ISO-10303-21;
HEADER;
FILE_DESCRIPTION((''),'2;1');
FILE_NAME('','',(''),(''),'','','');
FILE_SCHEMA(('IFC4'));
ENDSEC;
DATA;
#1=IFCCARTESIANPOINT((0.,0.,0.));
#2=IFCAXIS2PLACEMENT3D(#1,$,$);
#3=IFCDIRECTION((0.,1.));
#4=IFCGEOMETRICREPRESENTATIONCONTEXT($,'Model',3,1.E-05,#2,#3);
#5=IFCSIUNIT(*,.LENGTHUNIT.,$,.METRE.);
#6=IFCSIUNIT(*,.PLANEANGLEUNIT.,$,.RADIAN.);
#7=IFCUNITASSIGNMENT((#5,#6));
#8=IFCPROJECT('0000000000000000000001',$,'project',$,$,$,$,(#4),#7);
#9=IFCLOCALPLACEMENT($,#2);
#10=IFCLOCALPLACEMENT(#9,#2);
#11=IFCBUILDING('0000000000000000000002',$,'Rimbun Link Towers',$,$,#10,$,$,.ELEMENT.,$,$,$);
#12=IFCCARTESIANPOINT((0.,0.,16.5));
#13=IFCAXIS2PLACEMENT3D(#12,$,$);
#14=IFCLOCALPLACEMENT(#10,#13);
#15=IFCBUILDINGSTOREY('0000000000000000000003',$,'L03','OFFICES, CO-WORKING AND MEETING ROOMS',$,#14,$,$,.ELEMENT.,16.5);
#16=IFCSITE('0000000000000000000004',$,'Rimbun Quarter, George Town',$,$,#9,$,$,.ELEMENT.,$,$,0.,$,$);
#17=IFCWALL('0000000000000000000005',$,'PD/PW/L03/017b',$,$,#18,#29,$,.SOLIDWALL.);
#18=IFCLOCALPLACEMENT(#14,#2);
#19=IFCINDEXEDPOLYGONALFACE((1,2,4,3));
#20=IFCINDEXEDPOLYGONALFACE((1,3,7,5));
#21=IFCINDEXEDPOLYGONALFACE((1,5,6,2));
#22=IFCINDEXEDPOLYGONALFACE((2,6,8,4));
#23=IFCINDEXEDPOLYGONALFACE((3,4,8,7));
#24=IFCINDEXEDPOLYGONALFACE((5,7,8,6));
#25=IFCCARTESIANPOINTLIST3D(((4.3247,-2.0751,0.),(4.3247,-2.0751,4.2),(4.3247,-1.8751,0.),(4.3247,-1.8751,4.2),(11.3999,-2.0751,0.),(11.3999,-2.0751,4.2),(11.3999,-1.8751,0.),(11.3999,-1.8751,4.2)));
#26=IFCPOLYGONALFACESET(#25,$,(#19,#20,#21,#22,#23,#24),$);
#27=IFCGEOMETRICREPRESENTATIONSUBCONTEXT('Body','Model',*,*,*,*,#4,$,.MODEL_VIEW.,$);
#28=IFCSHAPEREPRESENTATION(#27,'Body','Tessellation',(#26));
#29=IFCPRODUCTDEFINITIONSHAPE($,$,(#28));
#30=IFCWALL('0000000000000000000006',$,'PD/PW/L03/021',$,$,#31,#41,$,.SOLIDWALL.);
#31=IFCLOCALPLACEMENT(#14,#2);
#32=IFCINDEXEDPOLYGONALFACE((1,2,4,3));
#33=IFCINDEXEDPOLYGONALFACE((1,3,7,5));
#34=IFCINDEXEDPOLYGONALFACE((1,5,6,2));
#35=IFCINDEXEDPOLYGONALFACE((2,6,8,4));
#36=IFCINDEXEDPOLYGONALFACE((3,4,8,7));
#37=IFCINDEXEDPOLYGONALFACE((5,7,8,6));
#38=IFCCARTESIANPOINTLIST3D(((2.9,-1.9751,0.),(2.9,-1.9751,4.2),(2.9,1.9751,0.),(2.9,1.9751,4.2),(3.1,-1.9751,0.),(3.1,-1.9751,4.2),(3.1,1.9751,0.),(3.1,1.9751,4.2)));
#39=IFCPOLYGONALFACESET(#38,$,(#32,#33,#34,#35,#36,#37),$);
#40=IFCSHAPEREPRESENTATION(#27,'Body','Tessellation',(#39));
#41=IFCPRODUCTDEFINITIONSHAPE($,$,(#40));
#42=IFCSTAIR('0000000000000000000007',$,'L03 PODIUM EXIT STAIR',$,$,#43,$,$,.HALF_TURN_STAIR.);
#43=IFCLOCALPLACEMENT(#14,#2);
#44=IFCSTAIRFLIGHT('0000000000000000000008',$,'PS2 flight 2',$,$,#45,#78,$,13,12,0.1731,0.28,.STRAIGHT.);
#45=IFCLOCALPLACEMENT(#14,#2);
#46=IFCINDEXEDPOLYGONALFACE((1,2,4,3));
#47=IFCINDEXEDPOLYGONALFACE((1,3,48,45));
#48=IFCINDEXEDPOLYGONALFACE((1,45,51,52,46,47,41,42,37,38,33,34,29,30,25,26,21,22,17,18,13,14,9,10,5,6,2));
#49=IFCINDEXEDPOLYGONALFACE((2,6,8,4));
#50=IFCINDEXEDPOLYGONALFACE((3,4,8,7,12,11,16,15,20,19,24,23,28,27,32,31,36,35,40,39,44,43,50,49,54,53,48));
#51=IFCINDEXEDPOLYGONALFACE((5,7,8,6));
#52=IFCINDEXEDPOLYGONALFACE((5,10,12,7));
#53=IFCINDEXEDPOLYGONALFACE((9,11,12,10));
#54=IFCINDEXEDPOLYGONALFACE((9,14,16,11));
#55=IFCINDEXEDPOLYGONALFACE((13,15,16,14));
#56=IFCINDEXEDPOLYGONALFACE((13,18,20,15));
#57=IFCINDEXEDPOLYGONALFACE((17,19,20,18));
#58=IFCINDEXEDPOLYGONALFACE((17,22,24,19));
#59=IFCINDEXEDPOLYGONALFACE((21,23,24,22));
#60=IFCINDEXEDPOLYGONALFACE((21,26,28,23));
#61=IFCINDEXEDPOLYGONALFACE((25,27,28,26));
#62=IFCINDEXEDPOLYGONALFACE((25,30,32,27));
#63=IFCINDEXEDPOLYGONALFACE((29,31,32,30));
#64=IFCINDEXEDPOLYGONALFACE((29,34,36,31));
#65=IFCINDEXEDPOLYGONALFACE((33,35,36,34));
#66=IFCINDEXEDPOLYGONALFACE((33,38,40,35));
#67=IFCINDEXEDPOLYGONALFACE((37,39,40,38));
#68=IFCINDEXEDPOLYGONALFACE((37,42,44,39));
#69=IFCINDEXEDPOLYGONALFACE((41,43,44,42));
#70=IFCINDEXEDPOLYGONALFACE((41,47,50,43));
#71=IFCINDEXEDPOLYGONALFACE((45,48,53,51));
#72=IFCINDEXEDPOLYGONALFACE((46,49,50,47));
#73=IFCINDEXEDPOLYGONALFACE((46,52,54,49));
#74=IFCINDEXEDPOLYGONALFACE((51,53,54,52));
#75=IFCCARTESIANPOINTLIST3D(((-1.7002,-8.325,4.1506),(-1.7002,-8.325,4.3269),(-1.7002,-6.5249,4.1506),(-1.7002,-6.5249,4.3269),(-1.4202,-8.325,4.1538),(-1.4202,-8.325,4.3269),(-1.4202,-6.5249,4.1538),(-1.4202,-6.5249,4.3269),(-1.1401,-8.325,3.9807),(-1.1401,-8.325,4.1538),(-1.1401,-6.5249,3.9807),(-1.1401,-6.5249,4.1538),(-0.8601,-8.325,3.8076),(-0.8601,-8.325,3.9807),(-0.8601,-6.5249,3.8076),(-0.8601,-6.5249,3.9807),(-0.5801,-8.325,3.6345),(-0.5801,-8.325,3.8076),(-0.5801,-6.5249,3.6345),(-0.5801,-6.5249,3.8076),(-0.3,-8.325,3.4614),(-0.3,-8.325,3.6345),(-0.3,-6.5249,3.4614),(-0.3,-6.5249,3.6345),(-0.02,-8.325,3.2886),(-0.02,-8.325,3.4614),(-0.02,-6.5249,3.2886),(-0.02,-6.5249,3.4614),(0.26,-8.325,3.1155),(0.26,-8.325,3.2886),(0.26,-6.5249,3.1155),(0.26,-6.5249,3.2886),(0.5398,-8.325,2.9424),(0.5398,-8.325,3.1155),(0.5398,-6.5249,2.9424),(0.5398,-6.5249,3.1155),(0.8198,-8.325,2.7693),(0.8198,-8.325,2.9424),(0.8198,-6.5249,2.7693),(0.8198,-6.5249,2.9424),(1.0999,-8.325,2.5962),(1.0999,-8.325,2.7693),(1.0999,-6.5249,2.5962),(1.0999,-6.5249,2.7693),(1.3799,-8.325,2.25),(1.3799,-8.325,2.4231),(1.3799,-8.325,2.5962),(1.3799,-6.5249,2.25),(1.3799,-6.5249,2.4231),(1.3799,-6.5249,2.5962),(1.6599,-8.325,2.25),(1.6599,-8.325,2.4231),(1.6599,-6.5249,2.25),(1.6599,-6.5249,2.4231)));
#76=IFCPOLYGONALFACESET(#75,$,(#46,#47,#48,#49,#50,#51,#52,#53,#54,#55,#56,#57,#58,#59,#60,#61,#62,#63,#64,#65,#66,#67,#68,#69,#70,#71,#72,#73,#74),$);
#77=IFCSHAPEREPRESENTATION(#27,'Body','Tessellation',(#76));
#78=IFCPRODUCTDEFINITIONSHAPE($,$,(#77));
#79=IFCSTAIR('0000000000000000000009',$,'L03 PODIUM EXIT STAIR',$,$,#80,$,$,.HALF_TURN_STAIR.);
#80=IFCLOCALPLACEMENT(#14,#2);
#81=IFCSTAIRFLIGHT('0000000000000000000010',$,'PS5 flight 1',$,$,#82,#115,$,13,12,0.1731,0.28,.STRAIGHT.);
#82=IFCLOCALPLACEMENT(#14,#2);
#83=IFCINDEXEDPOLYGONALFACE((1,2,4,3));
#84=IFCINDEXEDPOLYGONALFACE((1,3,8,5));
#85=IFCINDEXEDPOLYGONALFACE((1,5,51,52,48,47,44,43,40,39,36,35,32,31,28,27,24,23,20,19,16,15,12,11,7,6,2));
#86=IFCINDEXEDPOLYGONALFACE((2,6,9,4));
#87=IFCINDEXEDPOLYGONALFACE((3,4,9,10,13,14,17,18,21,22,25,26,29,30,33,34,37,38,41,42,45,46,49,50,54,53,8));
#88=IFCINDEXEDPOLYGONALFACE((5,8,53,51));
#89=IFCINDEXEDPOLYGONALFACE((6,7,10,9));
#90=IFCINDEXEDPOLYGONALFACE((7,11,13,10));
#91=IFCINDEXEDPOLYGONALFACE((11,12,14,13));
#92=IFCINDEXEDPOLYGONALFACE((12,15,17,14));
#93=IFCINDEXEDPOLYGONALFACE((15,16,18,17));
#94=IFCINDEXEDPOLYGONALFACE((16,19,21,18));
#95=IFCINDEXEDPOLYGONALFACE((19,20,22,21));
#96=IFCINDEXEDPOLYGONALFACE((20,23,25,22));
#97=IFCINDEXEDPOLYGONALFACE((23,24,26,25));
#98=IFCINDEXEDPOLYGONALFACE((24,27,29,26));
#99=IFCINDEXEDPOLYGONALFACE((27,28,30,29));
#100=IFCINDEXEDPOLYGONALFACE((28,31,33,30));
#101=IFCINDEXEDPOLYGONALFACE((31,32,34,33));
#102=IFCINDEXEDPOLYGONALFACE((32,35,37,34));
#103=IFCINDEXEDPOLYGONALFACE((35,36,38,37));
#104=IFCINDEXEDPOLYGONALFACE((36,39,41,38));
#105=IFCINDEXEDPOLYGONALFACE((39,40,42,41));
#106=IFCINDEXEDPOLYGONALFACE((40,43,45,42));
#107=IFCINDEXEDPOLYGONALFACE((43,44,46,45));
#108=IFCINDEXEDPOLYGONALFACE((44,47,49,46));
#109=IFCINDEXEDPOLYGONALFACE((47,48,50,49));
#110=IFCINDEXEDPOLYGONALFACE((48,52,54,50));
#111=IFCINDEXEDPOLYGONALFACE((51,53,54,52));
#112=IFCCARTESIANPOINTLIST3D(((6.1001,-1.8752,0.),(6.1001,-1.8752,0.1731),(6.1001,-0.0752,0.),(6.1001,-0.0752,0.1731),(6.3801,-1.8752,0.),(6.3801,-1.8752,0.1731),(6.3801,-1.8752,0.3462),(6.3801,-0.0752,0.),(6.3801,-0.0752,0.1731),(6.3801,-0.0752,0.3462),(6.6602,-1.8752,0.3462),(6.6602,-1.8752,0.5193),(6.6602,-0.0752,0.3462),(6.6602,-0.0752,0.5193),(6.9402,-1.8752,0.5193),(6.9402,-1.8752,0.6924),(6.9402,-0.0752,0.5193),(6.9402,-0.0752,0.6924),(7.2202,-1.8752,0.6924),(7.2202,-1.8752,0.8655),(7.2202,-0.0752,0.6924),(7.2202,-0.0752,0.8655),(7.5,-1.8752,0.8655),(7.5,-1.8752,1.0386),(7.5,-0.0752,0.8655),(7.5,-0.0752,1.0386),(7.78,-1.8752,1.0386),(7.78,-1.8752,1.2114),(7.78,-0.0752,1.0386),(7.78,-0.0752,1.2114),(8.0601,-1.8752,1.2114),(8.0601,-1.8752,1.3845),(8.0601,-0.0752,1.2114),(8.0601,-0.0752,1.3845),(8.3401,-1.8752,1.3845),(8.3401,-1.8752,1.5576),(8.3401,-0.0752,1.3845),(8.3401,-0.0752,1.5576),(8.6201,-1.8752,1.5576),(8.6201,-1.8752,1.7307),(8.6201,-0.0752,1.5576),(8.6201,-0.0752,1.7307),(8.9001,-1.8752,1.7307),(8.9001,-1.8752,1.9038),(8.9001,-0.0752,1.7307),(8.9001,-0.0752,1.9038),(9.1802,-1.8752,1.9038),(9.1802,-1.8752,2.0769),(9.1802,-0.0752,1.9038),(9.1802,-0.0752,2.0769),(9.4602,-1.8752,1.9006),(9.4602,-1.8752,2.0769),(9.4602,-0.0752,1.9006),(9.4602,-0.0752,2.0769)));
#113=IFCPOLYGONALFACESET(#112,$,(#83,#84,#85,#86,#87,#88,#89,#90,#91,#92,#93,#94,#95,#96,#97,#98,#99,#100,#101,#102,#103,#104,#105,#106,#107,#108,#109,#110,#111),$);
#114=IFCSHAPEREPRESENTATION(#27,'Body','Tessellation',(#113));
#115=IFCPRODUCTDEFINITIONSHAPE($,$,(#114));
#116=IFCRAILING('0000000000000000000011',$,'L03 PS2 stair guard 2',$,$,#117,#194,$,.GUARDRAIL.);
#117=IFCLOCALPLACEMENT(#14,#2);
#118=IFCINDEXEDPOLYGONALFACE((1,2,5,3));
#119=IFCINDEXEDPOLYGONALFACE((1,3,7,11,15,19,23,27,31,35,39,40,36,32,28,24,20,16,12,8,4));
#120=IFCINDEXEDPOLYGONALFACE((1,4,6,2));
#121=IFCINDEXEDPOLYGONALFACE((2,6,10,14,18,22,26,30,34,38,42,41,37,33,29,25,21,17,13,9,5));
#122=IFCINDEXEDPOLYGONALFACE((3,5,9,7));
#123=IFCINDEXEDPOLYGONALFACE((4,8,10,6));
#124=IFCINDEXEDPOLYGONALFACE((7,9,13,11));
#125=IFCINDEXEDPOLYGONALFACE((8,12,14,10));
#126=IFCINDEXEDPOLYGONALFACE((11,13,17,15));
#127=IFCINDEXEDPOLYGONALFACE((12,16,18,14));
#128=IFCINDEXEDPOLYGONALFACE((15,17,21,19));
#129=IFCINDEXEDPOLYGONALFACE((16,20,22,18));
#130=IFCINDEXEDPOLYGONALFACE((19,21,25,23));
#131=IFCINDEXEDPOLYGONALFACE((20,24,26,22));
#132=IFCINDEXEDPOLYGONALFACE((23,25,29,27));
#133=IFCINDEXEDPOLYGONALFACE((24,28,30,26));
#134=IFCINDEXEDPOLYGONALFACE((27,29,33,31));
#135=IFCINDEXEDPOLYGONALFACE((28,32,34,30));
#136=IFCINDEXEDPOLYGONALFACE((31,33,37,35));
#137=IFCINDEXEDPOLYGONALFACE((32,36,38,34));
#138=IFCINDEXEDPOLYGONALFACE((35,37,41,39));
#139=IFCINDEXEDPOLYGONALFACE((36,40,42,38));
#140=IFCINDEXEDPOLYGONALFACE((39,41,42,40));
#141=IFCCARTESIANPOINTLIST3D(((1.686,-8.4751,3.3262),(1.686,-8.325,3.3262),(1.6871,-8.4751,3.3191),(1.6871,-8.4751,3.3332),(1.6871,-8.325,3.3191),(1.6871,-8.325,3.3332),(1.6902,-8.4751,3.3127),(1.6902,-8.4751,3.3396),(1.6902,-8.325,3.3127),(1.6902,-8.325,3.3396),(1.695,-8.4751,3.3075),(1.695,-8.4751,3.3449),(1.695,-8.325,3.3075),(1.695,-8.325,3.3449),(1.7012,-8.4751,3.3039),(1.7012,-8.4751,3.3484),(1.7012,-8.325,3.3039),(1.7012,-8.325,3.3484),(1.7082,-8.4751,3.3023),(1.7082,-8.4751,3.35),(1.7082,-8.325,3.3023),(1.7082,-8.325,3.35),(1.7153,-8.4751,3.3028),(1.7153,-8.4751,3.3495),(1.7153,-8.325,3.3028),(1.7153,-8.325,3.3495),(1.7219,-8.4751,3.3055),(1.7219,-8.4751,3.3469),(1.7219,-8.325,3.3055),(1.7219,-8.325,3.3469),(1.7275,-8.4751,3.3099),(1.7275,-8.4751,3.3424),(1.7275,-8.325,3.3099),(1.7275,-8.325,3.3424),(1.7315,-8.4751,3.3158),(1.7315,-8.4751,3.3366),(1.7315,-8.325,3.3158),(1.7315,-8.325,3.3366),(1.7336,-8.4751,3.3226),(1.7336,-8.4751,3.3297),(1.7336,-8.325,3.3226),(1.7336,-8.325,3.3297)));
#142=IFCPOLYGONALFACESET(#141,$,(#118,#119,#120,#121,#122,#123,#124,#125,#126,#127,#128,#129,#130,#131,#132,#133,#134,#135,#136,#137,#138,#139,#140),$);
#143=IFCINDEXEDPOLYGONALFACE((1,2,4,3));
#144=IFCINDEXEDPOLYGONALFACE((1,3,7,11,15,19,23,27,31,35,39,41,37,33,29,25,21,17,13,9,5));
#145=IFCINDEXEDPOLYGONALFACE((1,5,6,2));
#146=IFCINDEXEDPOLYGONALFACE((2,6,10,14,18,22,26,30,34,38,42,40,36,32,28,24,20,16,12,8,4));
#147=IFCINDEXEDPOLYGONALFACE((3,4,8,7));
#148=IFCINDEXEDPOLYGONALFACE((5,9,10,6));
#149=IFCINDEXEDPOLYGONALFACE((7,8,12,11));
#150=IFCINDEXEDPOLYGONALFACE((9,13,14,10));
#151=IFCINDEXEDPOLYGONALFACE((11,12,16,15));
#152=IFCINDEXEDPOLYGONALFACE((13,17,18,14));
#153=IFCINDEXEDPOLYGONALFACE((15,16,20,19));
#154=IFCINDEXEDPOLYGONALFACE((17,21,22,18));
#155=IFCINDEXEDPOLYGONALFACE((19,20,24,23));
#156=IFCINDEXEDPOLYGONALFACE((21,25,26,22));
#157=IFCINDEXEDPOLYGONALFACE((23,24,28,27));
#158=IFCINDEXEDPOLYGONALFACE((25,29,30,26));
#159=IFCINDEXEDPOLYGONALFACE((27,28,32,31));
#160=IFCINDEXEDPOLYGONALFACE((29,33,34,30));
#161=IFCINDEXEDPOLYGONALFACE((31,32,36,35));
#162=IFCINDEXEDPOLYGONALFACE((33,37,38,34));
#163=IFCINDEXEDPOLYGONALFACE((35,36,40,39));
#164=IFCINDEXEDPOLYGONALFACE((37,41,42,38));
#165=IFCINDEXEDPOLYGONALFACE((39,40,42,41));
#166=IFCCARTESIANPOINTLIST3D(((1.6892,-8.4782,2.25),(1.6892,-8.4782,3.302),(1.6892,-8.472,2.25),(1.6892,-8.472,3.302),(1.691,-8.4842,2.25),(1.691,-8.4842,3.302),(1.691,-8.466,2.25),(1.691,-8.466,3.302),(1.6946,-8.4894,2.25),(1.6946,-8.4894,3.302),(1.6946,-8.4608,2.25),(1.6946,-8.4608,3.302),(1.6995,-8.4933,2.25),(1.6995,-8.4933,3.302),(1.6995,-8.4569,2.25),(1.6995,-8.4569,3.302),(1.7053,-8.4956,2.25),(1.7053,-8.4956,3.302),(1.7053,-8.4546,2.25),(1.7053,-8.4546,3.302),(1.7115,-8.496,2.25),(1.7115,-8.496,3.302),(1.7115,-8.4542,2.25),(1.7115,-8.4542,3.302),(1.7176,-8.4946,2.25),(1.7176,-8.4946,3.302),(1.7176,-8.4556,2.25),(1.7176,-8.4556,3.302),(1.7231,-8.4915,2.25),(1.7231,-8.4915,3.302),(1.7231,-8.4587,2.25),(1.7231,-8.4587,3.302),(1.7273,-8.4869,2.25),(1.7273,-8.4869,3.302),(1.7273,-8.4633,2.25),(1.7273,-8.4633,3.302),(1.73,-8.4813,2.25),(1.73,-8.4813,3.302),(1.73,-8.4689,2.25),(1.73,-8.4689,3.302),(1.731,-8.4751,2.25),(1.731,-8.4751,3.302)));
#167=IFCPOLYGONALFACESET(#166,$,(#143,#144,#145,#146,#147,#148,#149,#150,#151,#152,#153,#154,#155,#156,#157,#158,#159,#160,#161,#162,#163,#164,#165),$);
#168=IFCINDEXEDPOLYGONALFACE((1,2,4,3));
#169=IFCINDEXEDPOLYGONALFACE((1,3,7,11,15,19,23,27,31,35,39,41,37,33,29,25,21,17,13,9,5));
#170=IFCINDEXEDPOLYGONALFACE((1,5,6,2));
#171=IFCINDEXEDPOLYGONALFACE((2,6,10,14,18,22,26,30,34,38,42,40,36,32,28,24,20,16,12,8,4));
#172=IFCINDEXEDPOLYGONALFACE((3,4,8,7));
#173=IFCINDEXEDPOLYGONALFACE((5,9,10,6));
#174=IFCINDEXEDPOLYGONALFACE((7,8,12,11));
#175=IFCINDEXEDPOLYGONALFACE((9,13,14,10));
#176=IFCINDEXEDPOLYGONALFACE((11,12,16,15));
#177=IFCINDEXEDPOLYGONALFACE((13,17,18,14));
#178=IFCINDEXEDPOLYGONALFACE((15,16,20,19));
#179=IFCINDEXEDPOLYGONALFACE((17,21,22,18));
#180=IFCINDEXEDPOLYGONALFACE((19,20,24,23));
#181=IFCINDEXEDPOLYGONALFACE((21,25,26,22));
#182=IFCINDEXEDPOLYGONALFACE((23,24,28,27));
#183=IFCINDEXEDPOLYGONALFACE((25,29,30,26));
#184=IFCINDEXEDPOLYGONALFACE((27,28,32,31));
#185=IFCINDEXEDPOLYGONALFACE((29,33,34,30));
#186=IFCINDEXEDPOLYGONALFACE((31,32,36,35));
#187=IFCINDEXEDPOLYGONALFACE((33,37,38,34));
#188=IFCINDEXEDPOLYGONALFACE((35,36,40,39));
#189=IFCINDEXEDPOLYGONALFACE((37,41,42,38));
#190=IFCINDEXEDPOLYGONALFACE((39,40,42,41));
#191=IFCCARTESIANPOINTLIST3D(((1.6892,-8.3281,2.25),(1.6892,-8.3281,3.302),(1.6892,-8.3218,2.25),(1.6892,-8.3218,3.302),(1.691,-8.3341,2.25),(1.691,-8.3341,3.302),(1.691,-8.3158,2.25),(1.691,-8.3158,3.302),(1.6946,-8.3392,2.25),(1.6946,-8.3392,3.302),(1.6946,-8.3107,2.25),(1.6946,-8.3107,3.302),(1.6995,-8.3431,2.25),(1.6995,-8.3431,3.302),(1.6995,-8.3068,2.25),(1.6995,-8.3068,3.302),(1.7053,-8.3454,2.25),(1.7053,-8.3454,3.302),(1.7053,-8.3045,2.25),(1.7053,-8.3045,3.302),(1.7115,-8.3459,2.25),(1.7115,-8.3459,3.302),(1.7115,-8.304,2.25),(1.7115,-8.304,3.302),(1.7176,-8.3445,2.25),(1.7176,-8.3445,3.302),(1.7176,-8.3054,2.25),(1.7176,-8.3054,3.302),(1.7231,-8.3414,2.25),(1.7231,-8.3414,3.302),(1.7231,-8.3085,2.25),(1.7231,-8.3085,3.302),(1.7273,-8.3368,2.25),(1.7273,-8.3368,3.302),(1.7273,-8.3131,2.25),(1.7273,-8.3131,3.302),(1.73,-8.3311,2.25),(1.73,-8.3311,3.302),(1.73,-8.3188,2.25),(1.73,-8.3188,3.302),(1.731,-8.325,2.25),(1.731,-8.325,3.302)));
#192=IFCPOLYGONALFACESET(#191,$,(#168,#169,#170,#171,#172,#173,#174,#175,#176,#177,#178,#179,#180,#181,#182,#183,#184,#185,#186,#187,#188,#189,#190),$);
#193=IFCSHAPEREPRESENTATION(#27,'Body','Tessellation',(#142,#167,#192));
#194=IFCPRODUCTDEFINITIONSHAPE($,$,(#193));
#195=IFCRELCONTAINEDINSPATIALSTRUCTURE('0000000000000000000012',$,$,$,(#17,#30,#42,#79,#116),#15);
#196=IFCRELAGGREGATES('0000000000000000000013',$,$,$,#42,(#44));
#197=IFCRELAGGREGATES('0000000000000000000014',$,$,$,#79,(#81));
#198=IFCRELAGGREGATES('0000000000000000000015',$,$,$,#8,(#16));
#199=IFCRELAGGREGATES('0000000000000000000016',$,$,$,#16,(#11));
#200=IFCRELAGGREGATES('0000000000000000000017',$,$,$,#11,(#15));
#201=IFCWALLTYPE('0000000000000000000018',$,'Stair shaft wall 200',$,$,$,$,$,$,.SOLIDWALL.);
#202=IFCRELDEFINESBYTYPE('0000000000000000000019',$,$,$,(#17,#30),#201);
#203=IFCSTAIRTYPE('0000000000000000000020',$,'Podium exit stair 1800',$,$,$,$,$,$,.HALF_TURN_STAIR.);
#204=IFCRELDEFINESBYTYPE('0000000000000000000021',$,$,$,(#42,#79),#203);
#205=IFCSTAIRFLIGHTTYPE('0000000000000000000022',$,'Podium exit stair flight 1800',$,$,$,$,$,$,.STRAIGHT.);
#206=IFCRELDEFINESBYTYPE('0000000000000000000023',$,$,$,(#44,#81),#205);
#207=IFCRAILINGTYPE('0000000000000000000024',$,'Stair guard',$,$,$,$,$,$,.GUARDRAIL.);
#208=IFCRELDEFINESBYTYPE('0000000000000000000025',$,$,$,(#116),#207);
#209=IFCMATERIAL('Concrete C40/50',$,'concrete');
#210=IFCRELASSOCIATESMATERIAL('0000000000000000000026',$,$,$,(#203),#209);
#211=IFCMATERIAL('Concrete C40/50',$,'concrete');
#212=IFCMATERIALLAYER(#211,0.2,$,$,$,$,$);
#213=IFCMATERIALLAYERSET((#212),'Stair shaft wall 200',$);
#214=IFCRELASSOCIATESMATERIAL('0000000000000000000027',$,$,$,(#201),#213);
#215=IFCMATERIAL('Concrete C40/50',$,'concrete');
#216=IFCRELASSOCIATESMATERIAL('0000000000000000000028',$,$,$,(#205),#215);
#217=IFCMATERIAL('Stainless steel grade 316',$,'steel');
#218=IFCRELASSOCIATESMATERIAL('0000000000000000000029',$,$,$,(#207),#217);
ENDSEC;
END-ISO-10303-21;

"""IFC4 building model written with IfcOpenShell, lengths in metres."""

from ifc_helpers import new_model, si_unit, direction, frame, frame_2d, origin, origin_2d, place, context, subcontext, project, spatial, polyline, rectangle, circle, outline, extrude, material, layer, layer_set, type_object, element, aggregate, save


model = new_model("IFC4")

# Units and contexts
model_context = context("Model", 3, precision=1e-05, world=origin(), true_north=direction((0.0, 1.0)))
body_context = subcontext(model_context, "Body", "Model", "MODEL_VIEW")
ifc_project = project(units=[si_unit("LENGTHUNIT", "METRE"), si_unit("PLANEANGLEUNIT", "RADIAN")], contexts=[model_context])

# Site, building, storey
site_placement = place(None, origin())
site = spatial("IfcSite", under=ifc_project, at=site_placement, Name="Rimbun Quarter, George Town", CompositionType="ELEMENT", RefElevation=0.0)
building_placement = place(site_placement, origin())
building = spatial("IfcBuilding", under=site, at=building_placement, Name="Rimbun Link Towers", CompositionType="ELEMENT")
storey_placement = place(building_placement, frame((0.0, 0.0, 16.5)))
storey = spatial("IfcBuildingStorey", under=building, at=storey_placement, Name="L03", Description="OFFICES, CO-WORKING AND MEETING ROOMS", CompositionType="ELEMENT", Elevation=16.5)

# Shared definitions
ifc_material_1 = material(Name="Concrete C40/50", Category="concrete")
stair_type_1 = type_object("IfcStairType", Name="Podium exit stair 1800", PredefinedType="HALF_TURN_STAIR", material=ifc_material_1)

# Walls
ifc_material_2 = material(Name="Concrete C40/50", Category="concrete")
ifc_layer_1 = layer(ifc_material_2, 0.2)
ifc_layer_set_1 = layer_set([ifc_layer_1], Name="Stair shaft wall 200")
wall_type_1 = type_object("IfcWallType", Name="Stair shaft wall 200", PredefinedType="SOLIDWALL", material=ifc_layer_set_1)
wall_1_placement = place(storey_placement, frame((4.3247, -1.9751, 0.0), z_axis=(0.0, 0.0, 1.0), x_axis=(1.0, 0.0, 0.0)))
element("IfcWall", 1, at=wall_1_placement, inside=storey, type_object=wall_type_1, Name="PD/PW/L03/017b", PredefinedType="SOLIDWALL", context=body_context, shape_type="SweptSolid", body=[
    extrude(rectangle(XDim=7.0752, YDim=0.2, at=frame_2d((3.5376, 0.0))), origin(), (0.0, 0.0, 1.0), 4.2),
])
wall_2_placement = place(storey_placement, frame((3.0, -1.9751, 0.0), z_axis=(0.0, 0.0, 1.0), x_axis=(0.0, 1.0, 0.0)))
element("IfcWall", 2, at=wall_2_placement, inside=storey, type_object=wall_type_1, Name="PD/PW/L03/021", PredefinedType="SOLIDWALL", context=body_context, shape_type="SweptSolid", body=[
    extrude(rectangle(XDim=3.9502, YDim=0.2, at=frame_2d((1.9751, 0.0))), origin(), (0.0, 0.0, 1.0), 4.2),
])

# Stairs, stair flights
stair_1_placement = place(storey_placement, origin())
stair_1 = element("IfcStair", 3, at=stair_1_placement, inside=storey, type_object=stair_type_1, Name="L03 PODIUM EXIT STAIR", PredefinedType="HALF_TURN_STAIR")
ifc_material_3 = material(Name="Concrete C40/50", Category="concrete")
stair_flight_type = type_object("IfcStairFlightType", Name="Podium exit stair flight 1800", PredefinedType="STRAIGHT", material=ifc_material_3)
stair_flight_1_placement = place(storey_placement, frame((1.6599, -7.425, 2.25), z_axis=(0.0, 0.0, 1.0), x_axis=(-1.0, 0.0, 0.0)))
stair_flight_1 = element("IfcStairFlight", 4, at=stair_flight_1_placement, type_object=stair_flight_type, Name="PS2 flight 2", NumberOfRisers=13, NumberOfTreads=12, PredefinedType="STRAIGHT", RiserHeight=0.1731, TreadLength=0.28, context=body_context, shape_type="SweptSolid", body=[
    extrude(outline(polyline([(0.0, 0.0), (0.0, 0.1731), (0.28, 0.1731), (0.28, 0.3462), (0.5601, 0.3462), (0.5601, 0.5193), (0.8401, 0.5193), (0.8401, 0.6924), (1.1201, 0.6924), (1.1201, 0.8655), (1.3999, 0.8655), (1.3999, 1.0386), (1.6799, 1.0386), (1.6799, 1.2114), (1.96, 1.2114), (1.96, 1.3845), (2.24, 1.3845), (2.24, 1.5576), (2.52, 1.5576), (2.52, 1.7307), (2.8, 1.7307), (2.8, 1.9038), (3.0801, 1.9038), (3.0801, 2.0769), (3.3601, 2.0769), (3.3601, 2.25), (3.3601, 1.9006), (0.28, 0.0), (0.0, 0.0)])), frame((0.0, 0.8999, 0.0), z_axis=(0.0, -1.0, 0.0), x_axis=(1.0, 0.0, 0.0)), (0.0, 0.0, 1.0), 1.8),
])
aggregate(stair_1, [stair_flight_1])
stair_2_placement = place(storey_placement, origin())
stair_2 = element("IfcStair", 5, at=stair_2_placement, inside=storey, type_object=stair_type_1, Name="L03 PODIUM EXIT STAIR", PredefinedType="HALF_TURN_STAIR")
stair_flight_2_placement = place(storey_placement, frame((6.1001, -0.9751, 0.0), z_axis=(0.0, 0.0, 1.0), x_axis=(1.0, 0.0, 0.0)))
stair_flight_2 = element("IfcStairFlight", 6, at=stair_flight_2_placement, type_object=stair_flight_type, Name="PS5 flight 1", NumberOfRisers=13, NumberOfTreads=12, PredefinedType="STRAIGHT", RiserHeight=0.1731, TreadLength=0.28, context=body_context, shape_type="SweptSolid", body=[
    extrude(outline(polyline([(0.0, 0.0), (0.0, 0.1731), (0.28, 0.1731), (0.28, 0.3462), (0.5601, 0.3462), (0.5601, 0.5193), (0.8401, 0.5193), (0.8401, 0.6924), (1.1201, 0.6924), (1.1201, 0.8655), (1.3999, 0.8655), (1.3999, 1.0386), (1.6799, 1.0386), (1.6799, 1.2114), (1.96, 1.2114), (1.96, 1.3845), (2.24, 1.3845), (2.24, 1.5576), (2.52, 1.5576), (2.52, 1.7307), (2.8, 1.7307), (2.8, 1.9038), (3.0801, 1.9038), (3.0801, 2.0769), (3.3601, 2.0769), (3.3601, 2.25), (3.3601, 1.9006), (0.28, 0.0), (0.0, 0.0)])), frame((0.0, 0.8999, 0.0), z_axis=(0.0, -1.0, 0.0), x_axis=(1.0, 0.0, 0.0)), (0.0, 0.0, 1.0), 1.8),
])
aggregate(stair_2, [stair_flight_2])

# Railing
ifc_material_4 = material(Name="Stainless steel grade 316", Category="steel")
railing_type_1 = type_object("IfcRailingType", Name="Stair guard", PredefinedType="GUARDRAIL", material=ifc_material_4)
railing_1_placement = place(storey_placement, frame((1.71, -8.4751, 2.25)))
element("IfcRailing", 7, at=railing_1_placement, inside=storey, type_object=railing_type_1, Name="L03 PS2 stair guard 2", PredefinedType="GUARDRAIL", context=body_context, shape_type="SweptSolid", body=[
    extrude(circle(Radius=0.0239, at=origin_2d()), frame((0.0, 0.0, 1.0762), z_axis=(0.0, 1.0, 0.0), x_axis=(-1.0, 0.0, 0.0)), (0.0, 0.0, 1.0), 0.1501),
    extrude(circle(Radius=0.021, at=origin_2d()), origin(), (0.0, 0.0, 1.0), 1.052),
    extrude(circle(Radius=0.021, at=origin_2d()), frame((0.0, 0.1501, 0.0)), (0.0, 0.0, 1.0), 1.052),
])

save(model, "model.ifc")
